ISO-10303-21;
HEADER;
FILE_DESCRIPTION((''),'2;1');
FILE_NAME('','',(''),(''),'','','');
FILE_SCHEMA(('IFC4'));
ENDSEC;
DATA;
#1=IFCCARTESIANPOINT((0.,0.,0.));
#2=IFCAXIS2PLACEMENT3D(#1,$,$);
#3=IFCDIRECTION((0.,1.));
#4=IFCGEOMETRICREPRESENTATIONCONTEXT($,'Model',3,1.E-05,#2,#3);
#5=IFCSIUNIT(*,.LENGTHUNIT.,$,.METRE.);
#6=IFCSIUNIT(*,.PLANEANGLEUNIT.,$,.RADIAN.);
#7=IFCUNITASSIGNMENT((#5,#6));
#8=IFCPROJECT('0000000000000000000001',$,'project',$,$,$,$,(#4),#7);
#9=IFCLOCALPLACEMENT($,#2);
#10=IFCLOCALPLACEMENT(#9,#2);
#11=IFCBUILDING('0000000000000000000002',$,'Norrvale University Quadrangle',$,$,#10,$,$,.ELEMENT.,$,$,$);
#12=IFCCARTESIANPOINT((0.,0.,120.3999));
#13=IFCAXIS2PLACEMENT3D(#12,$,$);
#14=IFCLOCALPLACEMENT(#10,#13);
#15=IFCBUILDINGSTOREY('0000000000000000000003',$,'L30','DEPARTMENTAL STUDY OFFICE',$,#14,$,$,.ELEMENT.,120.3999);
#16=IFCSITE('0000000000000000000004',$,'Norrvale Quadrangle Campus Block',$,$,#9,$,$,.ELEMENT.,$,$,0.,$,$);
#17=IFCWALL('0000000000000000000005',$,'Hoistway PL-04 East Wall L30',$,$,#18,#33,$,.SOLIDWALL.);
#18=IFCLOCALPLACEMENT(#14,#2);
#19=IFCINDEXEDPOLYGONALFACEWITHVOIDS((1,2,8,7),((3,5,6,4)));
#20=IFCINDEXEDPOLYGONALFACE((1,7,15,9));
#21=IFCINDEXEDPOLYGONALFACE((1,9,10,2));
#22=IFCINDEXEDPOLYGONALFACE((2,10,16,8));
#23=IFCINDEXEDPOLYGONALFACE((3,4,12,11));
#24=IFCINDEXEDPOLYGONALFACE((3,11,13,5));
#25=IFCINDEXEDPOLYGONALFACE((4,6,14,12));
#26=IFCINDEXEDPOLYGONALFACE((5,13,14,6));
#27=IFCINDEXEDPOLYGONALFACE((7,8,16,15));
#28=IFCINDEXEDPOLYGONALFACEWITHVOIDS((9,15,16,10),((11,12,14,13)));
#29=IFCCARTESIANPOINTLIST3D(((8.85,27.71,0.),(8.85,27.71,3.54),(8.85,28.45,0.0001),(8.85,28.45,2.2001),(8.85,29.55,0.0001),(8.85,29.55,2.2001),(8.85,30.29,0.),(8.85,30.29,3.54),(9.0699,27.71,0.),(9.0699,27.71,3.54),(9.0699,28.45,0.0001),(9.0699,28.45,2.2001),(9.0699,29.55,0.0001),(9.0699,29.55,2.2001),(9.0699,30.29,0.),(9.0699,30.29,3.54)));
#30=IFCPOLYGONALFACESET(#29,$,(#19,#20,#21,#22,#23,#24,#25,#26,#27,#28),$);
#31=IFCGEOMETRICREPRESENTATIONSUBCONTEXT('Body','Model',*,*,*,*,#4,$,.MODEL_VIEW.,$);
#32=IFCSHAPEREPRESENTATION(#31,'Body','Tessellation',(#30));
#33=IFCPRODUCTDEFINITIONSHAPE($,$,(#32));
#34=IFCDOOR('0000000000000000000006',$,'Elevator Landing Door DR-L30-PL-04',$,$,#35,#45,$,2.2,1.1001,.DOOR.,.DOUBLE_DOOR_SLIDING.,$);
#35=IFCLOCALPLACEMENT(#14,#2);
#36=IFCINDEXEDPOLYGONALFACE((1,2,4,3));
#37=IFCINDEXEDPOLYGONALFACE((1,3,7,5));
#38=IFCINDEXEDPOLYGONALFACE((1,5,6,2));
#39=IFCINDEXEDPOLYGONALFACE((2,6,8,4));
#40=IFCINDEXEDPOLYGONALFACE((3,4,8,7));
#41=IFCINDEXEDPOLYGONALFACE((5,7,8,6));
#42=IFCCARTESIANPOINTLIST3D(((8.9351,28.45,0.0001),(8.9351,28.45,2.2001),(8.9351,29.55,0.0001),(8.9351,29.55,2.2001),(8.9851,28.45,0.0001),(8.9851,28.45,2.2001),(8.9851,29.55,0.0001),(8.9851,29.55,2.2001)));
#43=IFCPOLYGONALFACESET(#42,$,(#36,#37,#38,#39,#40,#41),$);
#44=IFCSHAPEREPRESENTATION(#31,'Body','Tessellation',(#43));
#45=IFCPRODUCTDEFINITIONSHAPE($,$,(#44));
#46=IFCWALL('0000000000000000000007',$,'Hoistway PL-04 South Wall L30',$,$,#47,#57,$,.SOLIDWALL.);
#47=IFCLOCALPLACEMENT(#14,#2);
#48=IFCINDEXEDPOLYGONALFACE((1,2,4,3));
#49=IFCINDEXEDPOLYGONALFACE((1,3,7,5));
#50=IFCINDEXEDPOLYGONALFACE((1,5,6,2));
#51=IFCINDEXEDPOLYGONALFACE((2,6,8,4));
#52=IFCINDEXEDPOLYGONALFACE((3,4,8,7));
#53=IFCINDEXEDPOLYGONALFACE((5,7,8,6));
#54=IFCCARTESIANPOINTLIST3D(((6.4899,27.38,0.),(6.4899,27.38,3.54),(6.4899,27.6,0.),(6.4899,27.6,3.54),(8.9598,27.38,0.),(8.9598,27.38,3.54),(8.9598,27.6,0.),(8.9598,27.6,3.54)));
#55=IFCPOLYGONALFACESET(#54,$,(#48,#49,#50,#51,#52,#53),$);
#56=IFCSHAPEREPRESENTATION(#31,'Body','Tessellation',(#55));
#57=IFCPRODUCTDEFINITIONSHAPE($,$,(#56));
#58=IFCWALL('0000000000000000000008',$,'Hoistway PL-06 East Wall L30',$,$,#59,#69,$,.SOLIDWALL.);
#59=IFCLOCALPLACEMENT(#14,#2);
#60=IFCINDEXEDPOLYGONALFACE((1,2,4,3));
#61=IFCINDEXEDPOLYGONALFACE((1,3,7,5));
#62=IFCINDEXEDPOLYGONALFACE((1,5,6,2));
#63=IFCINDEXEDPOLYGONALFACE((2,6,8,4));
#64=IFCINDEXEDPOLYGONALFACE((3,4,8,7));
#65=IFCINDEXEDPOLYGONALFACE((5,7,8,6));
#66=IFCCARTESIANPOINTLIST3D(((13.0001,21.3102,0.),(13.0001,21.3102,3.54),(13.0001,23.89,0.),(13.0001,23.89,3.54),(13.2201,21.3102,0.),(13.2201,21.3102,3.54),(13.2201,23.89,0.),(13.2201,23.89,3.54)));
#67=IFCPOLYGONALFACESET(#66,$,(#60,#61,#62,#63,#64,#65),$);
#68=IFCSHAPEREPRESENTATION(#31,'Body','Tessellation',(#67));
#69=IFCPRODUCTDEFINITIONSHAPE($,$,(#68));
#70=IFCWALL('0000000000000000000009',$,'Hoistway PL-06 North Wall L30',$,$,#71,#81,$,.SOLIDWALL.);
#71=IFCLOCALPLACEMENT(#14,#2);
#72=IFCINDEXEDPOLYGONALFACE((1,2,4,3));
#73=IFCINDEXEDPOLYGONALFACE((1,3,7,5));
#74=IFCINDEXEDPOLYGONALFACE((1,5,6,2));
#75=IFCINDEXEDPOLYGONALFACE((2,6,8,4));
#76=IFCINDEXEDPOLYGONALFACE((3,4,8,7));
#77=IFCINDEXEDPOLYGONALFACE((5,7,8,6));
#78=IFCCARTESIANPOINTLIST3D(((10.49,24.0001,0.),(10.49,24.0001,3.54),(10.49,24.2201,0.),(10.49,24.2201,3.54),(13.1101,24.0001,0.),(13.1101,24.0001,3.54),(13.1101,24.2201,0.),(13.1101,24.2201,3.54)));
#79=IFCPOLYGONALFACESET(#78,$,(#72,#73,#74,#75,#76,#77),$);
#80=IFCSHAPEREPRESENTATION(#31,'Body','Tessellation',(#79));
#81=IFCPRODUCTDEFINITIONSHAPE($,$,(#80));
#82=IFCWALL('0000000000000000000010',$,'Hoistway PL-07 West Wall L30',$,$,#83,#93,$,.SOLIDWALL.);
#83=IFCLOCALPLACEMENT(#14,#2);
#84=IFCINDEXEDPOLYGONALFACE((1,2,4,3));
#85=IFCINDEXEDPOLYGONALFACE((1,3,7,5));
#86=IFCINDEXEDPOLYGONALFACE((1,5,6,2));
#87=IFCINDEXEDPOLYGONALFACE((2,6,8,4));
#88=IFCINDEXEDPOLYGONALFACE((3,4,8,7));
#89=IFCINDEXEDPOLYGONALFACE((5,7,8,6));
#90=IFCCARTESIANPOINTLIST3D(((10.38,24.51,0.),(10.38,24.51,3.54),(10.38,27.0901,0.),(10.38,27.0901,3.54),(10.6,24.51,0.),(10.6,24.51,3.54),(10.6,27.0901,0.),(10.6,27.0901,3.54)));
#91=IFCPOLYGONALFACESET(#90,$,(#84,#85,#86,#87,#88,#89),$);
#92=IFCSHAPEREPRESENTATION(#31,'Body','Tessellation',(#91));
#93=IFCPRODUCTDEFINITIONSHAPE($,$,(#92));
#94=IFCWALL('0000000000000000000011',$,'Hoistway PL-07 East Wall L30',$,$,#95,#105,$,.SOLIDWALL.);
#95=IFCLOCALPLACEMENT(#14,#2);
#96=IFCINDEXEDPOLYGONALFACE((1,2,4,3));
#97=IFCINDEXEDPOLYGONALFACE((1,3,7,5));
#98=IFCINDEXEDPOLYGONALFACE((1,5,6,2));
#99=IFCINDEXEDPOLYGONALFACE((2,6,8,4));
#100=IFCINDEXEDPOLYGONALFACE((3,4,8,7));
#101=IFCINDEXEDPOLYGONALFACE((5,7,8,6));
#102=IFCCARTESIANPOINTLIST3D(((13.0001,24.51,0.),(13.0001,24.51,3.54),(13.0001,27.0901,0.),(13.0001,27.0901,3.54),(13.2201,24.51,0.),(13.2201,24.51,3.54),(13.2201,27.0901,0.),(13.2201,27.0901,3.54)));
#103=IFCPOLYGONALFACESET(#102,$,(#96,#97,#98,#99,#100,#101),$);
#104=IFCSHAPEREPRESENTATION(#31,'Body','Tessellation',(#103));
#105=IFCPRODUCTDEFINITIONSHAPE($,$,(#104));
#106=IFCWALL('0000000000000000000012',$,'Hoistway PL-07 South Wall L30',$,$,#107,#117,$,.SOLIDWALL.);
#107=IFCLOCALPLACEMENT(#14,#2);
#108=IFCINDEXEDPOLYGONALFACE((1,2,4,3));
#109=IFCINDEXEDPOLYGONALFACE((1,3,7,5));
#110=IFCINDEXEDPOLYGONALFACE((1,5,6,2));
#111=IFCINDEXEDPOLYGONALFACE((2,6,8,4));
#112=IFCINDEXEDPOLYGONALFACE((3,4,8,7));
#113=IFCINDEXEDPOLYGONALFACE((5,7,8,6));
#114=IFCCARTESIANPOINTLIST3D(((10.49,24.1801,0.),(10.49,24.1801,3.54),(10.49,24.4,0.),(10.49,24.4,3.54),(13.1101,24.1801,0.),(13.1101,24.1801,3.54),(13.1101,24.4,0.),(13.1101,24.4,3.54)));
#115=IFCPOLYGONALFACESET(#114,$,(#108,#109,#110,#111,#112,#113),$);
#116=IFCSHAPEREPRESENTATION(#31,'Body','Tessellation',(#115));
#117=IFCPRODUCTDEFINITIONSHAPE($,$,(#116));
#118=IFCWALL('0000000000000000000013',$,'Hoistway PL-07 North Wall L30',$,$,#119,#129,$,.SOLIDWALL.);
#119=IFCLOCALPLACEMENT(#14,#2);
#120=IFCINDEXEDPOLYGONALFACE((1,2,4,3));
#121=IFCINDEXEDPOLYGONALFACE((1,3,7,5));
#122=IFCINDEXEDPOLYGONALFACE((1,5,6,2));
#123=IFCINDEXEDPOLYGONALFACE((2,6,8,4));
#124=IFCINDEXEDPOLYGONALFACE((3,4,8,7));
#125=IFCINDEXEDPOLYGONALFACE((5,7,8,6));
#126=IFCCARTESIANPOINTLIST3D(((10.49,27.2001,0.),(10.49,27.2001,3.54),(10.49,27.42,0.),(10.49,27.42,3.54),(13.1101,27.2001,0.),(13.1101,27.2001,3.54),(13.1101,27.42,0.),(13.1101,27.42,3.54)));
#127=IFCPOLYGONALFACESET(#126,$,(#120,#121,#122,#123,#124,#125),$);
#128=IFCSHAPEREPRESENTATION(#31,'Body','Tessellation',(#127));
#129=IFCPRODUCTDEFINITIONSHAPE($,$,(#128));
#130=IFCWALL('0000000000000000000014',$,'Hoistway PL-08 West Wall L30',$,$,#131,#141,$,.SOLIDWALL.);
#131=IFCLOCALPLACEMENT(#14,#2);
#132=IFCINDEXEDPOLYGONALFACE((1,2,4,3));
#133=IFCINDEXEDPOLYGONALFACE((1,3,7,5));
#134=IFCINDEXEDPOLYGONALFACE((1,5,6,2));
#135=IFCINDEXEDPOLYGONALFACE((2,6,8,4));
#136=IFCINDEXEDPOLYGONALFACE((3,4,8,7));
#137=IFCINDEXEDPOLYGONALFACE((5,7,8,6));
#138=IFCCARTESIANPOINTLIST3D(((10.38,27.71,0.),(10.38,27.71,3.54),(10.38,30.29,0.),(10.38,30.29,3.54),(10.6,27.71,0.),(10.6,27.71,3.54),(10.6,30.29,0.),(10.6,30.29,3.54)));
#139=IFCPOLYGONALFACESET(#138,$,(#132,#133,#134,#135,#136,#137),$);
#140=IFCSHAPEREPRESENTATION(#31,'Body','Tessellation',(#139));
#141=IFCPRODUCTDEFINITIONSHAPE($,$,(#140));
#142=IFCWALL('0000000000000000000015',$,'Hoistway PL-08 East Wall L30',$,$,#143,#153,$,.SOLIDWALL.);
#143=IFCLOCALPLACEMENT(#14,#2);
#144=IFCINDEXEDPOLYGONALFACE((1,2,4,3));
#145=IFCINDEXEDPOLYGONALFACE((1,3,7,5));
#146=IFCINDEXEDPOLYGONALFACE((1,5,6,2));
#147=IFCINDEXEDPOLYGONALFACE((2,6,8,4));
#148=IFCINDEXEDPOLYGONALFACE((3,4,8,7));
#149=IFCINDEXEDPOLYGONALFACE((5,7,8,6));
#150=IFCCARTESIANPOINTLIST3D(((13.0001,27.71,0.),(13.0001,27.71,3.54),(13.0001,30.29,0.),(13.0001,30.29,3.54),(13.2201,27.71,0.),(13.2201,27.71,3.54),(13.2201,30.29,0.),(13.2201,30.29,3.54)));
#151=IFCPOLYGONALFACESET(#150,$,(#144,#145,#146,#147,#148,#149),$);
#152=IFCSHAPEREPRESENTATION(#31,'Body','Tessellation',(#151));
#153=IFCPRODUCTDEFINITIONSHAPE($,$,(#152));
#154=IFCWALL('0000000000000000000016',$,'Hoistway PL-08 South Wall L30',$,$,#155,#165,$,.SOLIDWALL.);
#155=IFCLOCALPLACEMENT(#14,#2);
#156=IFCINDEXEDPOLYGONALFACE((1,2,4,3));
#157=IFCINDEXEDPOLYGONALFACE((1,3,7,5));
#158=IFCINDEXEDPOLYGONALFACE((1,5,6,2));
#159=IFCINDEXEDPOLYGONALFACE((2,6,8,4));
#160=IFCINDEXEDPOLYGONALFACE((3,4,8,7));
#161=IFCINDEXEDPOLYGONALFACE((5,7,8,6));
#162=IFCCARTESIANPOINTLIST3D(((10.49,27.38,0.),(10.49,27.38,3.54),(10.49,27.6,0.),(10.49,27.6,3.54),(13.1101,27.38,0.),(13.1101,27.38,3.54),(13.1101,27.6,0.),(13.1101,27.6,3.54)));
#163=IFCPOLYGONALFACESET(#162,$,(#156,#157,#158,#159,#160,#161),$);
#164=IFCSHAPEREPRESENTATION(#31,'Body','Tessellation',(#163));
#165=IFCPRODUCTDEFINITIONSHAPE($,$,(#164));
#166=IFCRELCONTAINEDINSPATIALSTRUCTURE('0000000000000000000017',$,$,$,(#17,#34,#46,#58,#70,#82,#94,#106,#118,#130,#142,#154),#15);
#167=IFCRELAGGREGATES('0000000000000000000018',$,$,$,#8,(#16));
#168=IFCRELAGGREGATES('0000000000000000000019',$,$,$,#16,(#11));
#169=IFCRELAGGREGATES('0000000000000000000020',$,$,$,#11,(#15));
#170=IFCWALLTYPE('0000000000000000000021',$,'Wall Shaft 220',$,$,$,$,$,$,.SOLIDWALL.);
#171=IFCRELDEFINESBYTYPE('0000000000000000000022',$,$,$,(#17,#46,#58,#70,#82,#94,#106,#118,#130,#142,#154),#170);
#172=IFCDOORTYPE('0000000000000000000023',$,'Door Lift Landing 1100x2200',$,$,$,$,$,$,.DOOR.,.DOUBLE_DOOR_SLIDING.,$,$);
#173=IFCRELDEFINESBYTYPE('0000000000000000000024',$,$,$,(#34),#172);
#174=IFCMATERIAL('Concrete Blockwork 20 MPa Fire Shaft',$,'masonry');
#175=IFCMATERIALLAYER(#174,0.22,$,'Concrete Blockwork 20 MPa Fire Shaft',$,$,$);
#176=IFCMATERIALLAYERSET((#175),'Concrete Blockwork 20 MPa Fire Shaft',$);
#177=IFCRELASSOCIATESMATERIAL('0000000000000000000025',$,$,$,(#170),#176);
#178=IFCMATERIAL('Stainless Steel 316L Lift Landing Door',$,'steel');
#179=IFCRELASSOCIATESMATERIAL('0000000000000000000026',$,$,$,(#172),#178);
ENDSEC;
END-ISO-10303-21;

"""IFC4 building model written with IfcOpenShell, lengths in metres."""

from ifc_helpers import new_model, si_unit, direction, frame, frame_2d, origin, place, context, subcontext, project, spatial, rectangle, extrude, material, layer, layer_set, type_object, element, fill, save


model = new_model("IFC4")

# Units and contexts
model_context = context("Model", 3, precision=1e-05, world=origin(), true_north=direction((0.0, 1.0)))
body_context = subcontext(model_context, "Body", "Model", "MODEL_VIEW")
ifc_project = project(units=[si_unit("LENGTHUNIT", "METRE"), si_unit("PLANEANGLEUNIT", "RADIAN")], contexts=[model_context])

# Site, building, storey
site_placement = place(None, origin())
site = spatial("IfcSite", under=ifc_project, at=site_placement, Name="Norrvale Quadrangle Campus Block", CompositionType="ELEMENT", RefElevation=0.0)
building_placement = place(site_placement, origin())
building = spatial("IfcBuilding", under=site, at=building_placement, Name="Norrvale University Quadrangle", CompositionType="ELEMENT")
storey_placement = place(building_placement, frame((0.0, 0.0, 120.3999)))
storey = spatial("IfcBuildingStorey", under=building, at=storey_placement, Name="L30", Description="DEPARTMENTAL STUDY OFFICE", CompositionType="ELEMENT", Elevation=120.3999)

# Shared definitions
ifc_material_1 = material(Name="Concrete Blockwork 20 MPa Fire Shaft", Category="masonry")
ifc_layer_1 = layer(ifc_material_1, 0.22, Name="Concrete Blockwork 20 MPa Fire Shaft")
ifc_layer_set_1 = layer_set([ifc_layer_1], Name="Concrete Blockwork 20 MPa Fire Shaft")
wall_type_1 = type_object("IfcWallType", Name="Wall Shaft 220", PredefinedType="SOLIDWALL", material=ifc_layer_set_1)

# Shared definitions
ifc_material_2 = material(Name="Stainless Steel 316L Lift Landing Door", Category="steel")
door_type_1 = type_object("IfcDoorType", Name="Door Lift Landing 1100x2200", OperationType="DOUBLE_DOOR_SLIDING", PredefinedType="DOOR", material=ifc_material_2)

# Wall, opening, door
wall_1_placement = place(storey_placement, frame((8.96, 27.71, 0.0), z_axis=(0.0, 0.0, 1.0), x_axis=(0.0, 1.0, 0.0)))
wall_1 = element("IfcWall", 1, at=wall_1_placement, inside=storey, type_object=wall_type_1, Name="Hoistway PL-04 East Wall L30", PredefinedType="SOLIDWALL", context=body_context, shape_type="SweptSolid", body=[
    extrude(rectangle(XDim=2.5801, YDim=0.22, at=frame_2d((1.29, 0.0))), origin(), (0.0, 0.0, 1.0), 3.54),
])
opening_1_placement = place(wall_1_placement, frame((0.74, 0.0, 0.0)))
opening_1 = element("IfcOpeningElement", 2, at=opening_1_placement, cuts=wall_1, PredefinedType="OPENING", context=body_context, shape_type="SweptSolid", body=[
    extrude(rectangle(XDim=1.1001, YDim=2.2, at=frame_2d((0.55, 1.1001))), frame((0.0, 0.1221, 0.0), z_axis=(0.0, -1.0, 0.0), x_axis=(1.0, 0.0, 0.0)), (0.0, 0.0, 1.0), 0.2439),
])
door_1_placement = place(opening_1_placement, origin())
door_1 = element("IfcDoor", 3, at=door_1_placement, inside=storey, type_object=door_type_1, Name="Elevator Landing Door DR-L30-PL-04", OperationType="DOUBLE_DOOR_SLIDING", OverallHeight=2.2, OverallWidth=1.1001, PredefinedType="DOOR", context=body_context, shape_type="SweptSolid", body=[
    extrude(rectangle(XDim=1.1001, YDim=2.2, at=frame_2d((0.55, 1.1001))), frame((0.0, 0.0249, 0.0), z_axis=(0.0, -1.0, 0.0), x_axis=(1.0, 0.0, 0.0)), (0.0, 0.0, 1.0), 0.05),
])
fill(opening_1, door_1)

# Walls
wall_2_placement = place(storey_placement, frame((6.49, 27.49, 0.0), z_axis=(0.0, 0.0, 1.0), x_axis=(1.0, 0.0, 0.0)))
element("IfcWall", 4, at=wall_2_placement, inside=storey, type_object=wall_type_1, Name="Hoistway PL-04 South Wall L30", PredefinedType="SOLIDWALL", context=body_context, shape_type="SweptSolid", body=[
    extrude(rectangle(XDim=2.47, YDim=0.22, at=frame_2d((1.2349, 0.0))), origin(), (0.0, 0.0, 1.0), 3.54),
])
wall_3_placement = place(storey_placement, frame((13.1101, 21.3101, 0.0), z_axis=(0.0, 0.0, 1.0), x_axis=(0.0, 1.0, 0.0)))
element("IfcWall", 5, at=wall_3_placement, inside=storey, type_object=wall_type_1, Name="Hoistway PL-06 East Wall L30", PredefinedType="SOLIDWALL", context=body_context, shape_type="SweptSolid", body=[
    extrude(rectangle(XDim=2.5798, YDim=0.22, at=frame_2d((1.29, 0.0))), origin(), (0.0, 0.0, 1.0), 3.54),
])
wall_4_placement = place(storey_placement, frame((10.49, 24.1101, 0.0), z_axis=(0.0, 0.0, 1.0), x_axis=(1.0, 0.0, 0.0)))
element("IfcWall", 6, at=wall_4_placement, inside=storey, type_object=wall_type_1, Name="Hoistway PL-06 North Wall L30", PredefinedType="SOLIDWALL", context=body_context, shape_type="SweptSolid", body=[
    extrude(rectangle(XDim=2.6201, YDim=0.22, at=frame_2d((1.3101, 0.0))), origin(), (0.0, 0.0, 1.0), 3.54),
])
for number, where, z_axis, x_axis, name in (
    (7, (10.49, 24.51, 0.0), (0.0, 0.0, 1.0), (0.0, 1.0, 0.0), "Hoistway PL-07 West Wall L30"),
    (8, (13.1101, 24.51, 0.0), (0.0, 0.0, 1.0), (0.0, 1.0, 0.0), "Hoistway PL-07 East Wall L30"),
):
    element("IfcWall", number, at=place(storey_placement, frame(where, z_axis=z_axis, x_axis=x_axis)), inside=storey, type_object=wall_type_1, Name=name, PredefinedType="SOLIDWALL", context=body_context, shape_type="SweptSolid", body=[
        extrude(rectangle(XDim=2.5801, YDim=0.22, at=frame_2d((1.29, 0.0))), origin(), (0.0, 0.0, 1.0), 3.54),
    ])
for number, where, z_axis, x_axis, name in (
    (9, (10.49, 24.29, 0.0), (0.0, 0.0, 1.0), (1.0, 0.0, 0.0), "Hoistway PL-07 South Wall L30"),
    (10, (10.49, 27.3101, 0.0), (0.0, 0.0, 1.0), (1.0, 0.0, 0.0), "Hoistway PL-07 North Wall L30"),
):
    element("IfcWall", number, at=place(storey_placement, frame(where, z_axis=z_axis, x_axis=x_axis)), inside=storey, type_object=wall_type_1, Name=name, PredefinedType="SOLIDWALL", context=body_context, shape_type="SweptSolid", body=[
        extrude(rectangle(XDim=2.6201, YDim=0.22, at=frame_2d((1.3101, 0.0))), origin(), (0.0, 0.0, 1.0), 3.54),
    ])
for number, where, z_axis, x_axis, name in (
    (11, (10.49, 27.71, 0.0), (0.0, 0.0, 1.0), (0.0, 1.0, 0.0), "Hoistway PL-08 West Wall L30"),
    (12, (13.1101, 27.71, 0.0), (0.0, 0.0, 1.0), (0.0, 1.0, 0.0), "Hoistway PL-08 East Wall L30"),
):
    element("IfcWall", number, at=place(storey_placement, frame(where, z_axis=z_axis, x_axis=x_axis)), inside=storey, type_object=wall_type_1, Name=name, PredefinedType="SOLIDWALL", context=body_context, shape_type="SweptSolid", body=[
        extrude(rectangle(XDim=2.5801, YDim=0.22, at=frame_2d((1.29, 0.0))), origin(), (0.0, 0.0, 1.0), 3.54),
    ])
wall_5_placement = place(storey_placement, frame((10.49, 27.49, 0.0), z_axis=(0.0, 0.0, 1.0), x_axis=(1.0, 0.0, 0.0)))
element("IfcWall", 13, at=wall_5_placement, inside=storey, type_object=wall_type_1, Name="Hoistway PL-08 South Wall L30", PredefinedType="SOLIDWALL", context=body_context, shape_type="SweptSolid", body=[
    extrude(rectangle(XDim=2.6201, YDim=0.22, at=frame_2d((1.3101, 0.0))), origin(), (0.0, 0.0, 1.0), 3.54),
])

save(model, "model.ifc")
